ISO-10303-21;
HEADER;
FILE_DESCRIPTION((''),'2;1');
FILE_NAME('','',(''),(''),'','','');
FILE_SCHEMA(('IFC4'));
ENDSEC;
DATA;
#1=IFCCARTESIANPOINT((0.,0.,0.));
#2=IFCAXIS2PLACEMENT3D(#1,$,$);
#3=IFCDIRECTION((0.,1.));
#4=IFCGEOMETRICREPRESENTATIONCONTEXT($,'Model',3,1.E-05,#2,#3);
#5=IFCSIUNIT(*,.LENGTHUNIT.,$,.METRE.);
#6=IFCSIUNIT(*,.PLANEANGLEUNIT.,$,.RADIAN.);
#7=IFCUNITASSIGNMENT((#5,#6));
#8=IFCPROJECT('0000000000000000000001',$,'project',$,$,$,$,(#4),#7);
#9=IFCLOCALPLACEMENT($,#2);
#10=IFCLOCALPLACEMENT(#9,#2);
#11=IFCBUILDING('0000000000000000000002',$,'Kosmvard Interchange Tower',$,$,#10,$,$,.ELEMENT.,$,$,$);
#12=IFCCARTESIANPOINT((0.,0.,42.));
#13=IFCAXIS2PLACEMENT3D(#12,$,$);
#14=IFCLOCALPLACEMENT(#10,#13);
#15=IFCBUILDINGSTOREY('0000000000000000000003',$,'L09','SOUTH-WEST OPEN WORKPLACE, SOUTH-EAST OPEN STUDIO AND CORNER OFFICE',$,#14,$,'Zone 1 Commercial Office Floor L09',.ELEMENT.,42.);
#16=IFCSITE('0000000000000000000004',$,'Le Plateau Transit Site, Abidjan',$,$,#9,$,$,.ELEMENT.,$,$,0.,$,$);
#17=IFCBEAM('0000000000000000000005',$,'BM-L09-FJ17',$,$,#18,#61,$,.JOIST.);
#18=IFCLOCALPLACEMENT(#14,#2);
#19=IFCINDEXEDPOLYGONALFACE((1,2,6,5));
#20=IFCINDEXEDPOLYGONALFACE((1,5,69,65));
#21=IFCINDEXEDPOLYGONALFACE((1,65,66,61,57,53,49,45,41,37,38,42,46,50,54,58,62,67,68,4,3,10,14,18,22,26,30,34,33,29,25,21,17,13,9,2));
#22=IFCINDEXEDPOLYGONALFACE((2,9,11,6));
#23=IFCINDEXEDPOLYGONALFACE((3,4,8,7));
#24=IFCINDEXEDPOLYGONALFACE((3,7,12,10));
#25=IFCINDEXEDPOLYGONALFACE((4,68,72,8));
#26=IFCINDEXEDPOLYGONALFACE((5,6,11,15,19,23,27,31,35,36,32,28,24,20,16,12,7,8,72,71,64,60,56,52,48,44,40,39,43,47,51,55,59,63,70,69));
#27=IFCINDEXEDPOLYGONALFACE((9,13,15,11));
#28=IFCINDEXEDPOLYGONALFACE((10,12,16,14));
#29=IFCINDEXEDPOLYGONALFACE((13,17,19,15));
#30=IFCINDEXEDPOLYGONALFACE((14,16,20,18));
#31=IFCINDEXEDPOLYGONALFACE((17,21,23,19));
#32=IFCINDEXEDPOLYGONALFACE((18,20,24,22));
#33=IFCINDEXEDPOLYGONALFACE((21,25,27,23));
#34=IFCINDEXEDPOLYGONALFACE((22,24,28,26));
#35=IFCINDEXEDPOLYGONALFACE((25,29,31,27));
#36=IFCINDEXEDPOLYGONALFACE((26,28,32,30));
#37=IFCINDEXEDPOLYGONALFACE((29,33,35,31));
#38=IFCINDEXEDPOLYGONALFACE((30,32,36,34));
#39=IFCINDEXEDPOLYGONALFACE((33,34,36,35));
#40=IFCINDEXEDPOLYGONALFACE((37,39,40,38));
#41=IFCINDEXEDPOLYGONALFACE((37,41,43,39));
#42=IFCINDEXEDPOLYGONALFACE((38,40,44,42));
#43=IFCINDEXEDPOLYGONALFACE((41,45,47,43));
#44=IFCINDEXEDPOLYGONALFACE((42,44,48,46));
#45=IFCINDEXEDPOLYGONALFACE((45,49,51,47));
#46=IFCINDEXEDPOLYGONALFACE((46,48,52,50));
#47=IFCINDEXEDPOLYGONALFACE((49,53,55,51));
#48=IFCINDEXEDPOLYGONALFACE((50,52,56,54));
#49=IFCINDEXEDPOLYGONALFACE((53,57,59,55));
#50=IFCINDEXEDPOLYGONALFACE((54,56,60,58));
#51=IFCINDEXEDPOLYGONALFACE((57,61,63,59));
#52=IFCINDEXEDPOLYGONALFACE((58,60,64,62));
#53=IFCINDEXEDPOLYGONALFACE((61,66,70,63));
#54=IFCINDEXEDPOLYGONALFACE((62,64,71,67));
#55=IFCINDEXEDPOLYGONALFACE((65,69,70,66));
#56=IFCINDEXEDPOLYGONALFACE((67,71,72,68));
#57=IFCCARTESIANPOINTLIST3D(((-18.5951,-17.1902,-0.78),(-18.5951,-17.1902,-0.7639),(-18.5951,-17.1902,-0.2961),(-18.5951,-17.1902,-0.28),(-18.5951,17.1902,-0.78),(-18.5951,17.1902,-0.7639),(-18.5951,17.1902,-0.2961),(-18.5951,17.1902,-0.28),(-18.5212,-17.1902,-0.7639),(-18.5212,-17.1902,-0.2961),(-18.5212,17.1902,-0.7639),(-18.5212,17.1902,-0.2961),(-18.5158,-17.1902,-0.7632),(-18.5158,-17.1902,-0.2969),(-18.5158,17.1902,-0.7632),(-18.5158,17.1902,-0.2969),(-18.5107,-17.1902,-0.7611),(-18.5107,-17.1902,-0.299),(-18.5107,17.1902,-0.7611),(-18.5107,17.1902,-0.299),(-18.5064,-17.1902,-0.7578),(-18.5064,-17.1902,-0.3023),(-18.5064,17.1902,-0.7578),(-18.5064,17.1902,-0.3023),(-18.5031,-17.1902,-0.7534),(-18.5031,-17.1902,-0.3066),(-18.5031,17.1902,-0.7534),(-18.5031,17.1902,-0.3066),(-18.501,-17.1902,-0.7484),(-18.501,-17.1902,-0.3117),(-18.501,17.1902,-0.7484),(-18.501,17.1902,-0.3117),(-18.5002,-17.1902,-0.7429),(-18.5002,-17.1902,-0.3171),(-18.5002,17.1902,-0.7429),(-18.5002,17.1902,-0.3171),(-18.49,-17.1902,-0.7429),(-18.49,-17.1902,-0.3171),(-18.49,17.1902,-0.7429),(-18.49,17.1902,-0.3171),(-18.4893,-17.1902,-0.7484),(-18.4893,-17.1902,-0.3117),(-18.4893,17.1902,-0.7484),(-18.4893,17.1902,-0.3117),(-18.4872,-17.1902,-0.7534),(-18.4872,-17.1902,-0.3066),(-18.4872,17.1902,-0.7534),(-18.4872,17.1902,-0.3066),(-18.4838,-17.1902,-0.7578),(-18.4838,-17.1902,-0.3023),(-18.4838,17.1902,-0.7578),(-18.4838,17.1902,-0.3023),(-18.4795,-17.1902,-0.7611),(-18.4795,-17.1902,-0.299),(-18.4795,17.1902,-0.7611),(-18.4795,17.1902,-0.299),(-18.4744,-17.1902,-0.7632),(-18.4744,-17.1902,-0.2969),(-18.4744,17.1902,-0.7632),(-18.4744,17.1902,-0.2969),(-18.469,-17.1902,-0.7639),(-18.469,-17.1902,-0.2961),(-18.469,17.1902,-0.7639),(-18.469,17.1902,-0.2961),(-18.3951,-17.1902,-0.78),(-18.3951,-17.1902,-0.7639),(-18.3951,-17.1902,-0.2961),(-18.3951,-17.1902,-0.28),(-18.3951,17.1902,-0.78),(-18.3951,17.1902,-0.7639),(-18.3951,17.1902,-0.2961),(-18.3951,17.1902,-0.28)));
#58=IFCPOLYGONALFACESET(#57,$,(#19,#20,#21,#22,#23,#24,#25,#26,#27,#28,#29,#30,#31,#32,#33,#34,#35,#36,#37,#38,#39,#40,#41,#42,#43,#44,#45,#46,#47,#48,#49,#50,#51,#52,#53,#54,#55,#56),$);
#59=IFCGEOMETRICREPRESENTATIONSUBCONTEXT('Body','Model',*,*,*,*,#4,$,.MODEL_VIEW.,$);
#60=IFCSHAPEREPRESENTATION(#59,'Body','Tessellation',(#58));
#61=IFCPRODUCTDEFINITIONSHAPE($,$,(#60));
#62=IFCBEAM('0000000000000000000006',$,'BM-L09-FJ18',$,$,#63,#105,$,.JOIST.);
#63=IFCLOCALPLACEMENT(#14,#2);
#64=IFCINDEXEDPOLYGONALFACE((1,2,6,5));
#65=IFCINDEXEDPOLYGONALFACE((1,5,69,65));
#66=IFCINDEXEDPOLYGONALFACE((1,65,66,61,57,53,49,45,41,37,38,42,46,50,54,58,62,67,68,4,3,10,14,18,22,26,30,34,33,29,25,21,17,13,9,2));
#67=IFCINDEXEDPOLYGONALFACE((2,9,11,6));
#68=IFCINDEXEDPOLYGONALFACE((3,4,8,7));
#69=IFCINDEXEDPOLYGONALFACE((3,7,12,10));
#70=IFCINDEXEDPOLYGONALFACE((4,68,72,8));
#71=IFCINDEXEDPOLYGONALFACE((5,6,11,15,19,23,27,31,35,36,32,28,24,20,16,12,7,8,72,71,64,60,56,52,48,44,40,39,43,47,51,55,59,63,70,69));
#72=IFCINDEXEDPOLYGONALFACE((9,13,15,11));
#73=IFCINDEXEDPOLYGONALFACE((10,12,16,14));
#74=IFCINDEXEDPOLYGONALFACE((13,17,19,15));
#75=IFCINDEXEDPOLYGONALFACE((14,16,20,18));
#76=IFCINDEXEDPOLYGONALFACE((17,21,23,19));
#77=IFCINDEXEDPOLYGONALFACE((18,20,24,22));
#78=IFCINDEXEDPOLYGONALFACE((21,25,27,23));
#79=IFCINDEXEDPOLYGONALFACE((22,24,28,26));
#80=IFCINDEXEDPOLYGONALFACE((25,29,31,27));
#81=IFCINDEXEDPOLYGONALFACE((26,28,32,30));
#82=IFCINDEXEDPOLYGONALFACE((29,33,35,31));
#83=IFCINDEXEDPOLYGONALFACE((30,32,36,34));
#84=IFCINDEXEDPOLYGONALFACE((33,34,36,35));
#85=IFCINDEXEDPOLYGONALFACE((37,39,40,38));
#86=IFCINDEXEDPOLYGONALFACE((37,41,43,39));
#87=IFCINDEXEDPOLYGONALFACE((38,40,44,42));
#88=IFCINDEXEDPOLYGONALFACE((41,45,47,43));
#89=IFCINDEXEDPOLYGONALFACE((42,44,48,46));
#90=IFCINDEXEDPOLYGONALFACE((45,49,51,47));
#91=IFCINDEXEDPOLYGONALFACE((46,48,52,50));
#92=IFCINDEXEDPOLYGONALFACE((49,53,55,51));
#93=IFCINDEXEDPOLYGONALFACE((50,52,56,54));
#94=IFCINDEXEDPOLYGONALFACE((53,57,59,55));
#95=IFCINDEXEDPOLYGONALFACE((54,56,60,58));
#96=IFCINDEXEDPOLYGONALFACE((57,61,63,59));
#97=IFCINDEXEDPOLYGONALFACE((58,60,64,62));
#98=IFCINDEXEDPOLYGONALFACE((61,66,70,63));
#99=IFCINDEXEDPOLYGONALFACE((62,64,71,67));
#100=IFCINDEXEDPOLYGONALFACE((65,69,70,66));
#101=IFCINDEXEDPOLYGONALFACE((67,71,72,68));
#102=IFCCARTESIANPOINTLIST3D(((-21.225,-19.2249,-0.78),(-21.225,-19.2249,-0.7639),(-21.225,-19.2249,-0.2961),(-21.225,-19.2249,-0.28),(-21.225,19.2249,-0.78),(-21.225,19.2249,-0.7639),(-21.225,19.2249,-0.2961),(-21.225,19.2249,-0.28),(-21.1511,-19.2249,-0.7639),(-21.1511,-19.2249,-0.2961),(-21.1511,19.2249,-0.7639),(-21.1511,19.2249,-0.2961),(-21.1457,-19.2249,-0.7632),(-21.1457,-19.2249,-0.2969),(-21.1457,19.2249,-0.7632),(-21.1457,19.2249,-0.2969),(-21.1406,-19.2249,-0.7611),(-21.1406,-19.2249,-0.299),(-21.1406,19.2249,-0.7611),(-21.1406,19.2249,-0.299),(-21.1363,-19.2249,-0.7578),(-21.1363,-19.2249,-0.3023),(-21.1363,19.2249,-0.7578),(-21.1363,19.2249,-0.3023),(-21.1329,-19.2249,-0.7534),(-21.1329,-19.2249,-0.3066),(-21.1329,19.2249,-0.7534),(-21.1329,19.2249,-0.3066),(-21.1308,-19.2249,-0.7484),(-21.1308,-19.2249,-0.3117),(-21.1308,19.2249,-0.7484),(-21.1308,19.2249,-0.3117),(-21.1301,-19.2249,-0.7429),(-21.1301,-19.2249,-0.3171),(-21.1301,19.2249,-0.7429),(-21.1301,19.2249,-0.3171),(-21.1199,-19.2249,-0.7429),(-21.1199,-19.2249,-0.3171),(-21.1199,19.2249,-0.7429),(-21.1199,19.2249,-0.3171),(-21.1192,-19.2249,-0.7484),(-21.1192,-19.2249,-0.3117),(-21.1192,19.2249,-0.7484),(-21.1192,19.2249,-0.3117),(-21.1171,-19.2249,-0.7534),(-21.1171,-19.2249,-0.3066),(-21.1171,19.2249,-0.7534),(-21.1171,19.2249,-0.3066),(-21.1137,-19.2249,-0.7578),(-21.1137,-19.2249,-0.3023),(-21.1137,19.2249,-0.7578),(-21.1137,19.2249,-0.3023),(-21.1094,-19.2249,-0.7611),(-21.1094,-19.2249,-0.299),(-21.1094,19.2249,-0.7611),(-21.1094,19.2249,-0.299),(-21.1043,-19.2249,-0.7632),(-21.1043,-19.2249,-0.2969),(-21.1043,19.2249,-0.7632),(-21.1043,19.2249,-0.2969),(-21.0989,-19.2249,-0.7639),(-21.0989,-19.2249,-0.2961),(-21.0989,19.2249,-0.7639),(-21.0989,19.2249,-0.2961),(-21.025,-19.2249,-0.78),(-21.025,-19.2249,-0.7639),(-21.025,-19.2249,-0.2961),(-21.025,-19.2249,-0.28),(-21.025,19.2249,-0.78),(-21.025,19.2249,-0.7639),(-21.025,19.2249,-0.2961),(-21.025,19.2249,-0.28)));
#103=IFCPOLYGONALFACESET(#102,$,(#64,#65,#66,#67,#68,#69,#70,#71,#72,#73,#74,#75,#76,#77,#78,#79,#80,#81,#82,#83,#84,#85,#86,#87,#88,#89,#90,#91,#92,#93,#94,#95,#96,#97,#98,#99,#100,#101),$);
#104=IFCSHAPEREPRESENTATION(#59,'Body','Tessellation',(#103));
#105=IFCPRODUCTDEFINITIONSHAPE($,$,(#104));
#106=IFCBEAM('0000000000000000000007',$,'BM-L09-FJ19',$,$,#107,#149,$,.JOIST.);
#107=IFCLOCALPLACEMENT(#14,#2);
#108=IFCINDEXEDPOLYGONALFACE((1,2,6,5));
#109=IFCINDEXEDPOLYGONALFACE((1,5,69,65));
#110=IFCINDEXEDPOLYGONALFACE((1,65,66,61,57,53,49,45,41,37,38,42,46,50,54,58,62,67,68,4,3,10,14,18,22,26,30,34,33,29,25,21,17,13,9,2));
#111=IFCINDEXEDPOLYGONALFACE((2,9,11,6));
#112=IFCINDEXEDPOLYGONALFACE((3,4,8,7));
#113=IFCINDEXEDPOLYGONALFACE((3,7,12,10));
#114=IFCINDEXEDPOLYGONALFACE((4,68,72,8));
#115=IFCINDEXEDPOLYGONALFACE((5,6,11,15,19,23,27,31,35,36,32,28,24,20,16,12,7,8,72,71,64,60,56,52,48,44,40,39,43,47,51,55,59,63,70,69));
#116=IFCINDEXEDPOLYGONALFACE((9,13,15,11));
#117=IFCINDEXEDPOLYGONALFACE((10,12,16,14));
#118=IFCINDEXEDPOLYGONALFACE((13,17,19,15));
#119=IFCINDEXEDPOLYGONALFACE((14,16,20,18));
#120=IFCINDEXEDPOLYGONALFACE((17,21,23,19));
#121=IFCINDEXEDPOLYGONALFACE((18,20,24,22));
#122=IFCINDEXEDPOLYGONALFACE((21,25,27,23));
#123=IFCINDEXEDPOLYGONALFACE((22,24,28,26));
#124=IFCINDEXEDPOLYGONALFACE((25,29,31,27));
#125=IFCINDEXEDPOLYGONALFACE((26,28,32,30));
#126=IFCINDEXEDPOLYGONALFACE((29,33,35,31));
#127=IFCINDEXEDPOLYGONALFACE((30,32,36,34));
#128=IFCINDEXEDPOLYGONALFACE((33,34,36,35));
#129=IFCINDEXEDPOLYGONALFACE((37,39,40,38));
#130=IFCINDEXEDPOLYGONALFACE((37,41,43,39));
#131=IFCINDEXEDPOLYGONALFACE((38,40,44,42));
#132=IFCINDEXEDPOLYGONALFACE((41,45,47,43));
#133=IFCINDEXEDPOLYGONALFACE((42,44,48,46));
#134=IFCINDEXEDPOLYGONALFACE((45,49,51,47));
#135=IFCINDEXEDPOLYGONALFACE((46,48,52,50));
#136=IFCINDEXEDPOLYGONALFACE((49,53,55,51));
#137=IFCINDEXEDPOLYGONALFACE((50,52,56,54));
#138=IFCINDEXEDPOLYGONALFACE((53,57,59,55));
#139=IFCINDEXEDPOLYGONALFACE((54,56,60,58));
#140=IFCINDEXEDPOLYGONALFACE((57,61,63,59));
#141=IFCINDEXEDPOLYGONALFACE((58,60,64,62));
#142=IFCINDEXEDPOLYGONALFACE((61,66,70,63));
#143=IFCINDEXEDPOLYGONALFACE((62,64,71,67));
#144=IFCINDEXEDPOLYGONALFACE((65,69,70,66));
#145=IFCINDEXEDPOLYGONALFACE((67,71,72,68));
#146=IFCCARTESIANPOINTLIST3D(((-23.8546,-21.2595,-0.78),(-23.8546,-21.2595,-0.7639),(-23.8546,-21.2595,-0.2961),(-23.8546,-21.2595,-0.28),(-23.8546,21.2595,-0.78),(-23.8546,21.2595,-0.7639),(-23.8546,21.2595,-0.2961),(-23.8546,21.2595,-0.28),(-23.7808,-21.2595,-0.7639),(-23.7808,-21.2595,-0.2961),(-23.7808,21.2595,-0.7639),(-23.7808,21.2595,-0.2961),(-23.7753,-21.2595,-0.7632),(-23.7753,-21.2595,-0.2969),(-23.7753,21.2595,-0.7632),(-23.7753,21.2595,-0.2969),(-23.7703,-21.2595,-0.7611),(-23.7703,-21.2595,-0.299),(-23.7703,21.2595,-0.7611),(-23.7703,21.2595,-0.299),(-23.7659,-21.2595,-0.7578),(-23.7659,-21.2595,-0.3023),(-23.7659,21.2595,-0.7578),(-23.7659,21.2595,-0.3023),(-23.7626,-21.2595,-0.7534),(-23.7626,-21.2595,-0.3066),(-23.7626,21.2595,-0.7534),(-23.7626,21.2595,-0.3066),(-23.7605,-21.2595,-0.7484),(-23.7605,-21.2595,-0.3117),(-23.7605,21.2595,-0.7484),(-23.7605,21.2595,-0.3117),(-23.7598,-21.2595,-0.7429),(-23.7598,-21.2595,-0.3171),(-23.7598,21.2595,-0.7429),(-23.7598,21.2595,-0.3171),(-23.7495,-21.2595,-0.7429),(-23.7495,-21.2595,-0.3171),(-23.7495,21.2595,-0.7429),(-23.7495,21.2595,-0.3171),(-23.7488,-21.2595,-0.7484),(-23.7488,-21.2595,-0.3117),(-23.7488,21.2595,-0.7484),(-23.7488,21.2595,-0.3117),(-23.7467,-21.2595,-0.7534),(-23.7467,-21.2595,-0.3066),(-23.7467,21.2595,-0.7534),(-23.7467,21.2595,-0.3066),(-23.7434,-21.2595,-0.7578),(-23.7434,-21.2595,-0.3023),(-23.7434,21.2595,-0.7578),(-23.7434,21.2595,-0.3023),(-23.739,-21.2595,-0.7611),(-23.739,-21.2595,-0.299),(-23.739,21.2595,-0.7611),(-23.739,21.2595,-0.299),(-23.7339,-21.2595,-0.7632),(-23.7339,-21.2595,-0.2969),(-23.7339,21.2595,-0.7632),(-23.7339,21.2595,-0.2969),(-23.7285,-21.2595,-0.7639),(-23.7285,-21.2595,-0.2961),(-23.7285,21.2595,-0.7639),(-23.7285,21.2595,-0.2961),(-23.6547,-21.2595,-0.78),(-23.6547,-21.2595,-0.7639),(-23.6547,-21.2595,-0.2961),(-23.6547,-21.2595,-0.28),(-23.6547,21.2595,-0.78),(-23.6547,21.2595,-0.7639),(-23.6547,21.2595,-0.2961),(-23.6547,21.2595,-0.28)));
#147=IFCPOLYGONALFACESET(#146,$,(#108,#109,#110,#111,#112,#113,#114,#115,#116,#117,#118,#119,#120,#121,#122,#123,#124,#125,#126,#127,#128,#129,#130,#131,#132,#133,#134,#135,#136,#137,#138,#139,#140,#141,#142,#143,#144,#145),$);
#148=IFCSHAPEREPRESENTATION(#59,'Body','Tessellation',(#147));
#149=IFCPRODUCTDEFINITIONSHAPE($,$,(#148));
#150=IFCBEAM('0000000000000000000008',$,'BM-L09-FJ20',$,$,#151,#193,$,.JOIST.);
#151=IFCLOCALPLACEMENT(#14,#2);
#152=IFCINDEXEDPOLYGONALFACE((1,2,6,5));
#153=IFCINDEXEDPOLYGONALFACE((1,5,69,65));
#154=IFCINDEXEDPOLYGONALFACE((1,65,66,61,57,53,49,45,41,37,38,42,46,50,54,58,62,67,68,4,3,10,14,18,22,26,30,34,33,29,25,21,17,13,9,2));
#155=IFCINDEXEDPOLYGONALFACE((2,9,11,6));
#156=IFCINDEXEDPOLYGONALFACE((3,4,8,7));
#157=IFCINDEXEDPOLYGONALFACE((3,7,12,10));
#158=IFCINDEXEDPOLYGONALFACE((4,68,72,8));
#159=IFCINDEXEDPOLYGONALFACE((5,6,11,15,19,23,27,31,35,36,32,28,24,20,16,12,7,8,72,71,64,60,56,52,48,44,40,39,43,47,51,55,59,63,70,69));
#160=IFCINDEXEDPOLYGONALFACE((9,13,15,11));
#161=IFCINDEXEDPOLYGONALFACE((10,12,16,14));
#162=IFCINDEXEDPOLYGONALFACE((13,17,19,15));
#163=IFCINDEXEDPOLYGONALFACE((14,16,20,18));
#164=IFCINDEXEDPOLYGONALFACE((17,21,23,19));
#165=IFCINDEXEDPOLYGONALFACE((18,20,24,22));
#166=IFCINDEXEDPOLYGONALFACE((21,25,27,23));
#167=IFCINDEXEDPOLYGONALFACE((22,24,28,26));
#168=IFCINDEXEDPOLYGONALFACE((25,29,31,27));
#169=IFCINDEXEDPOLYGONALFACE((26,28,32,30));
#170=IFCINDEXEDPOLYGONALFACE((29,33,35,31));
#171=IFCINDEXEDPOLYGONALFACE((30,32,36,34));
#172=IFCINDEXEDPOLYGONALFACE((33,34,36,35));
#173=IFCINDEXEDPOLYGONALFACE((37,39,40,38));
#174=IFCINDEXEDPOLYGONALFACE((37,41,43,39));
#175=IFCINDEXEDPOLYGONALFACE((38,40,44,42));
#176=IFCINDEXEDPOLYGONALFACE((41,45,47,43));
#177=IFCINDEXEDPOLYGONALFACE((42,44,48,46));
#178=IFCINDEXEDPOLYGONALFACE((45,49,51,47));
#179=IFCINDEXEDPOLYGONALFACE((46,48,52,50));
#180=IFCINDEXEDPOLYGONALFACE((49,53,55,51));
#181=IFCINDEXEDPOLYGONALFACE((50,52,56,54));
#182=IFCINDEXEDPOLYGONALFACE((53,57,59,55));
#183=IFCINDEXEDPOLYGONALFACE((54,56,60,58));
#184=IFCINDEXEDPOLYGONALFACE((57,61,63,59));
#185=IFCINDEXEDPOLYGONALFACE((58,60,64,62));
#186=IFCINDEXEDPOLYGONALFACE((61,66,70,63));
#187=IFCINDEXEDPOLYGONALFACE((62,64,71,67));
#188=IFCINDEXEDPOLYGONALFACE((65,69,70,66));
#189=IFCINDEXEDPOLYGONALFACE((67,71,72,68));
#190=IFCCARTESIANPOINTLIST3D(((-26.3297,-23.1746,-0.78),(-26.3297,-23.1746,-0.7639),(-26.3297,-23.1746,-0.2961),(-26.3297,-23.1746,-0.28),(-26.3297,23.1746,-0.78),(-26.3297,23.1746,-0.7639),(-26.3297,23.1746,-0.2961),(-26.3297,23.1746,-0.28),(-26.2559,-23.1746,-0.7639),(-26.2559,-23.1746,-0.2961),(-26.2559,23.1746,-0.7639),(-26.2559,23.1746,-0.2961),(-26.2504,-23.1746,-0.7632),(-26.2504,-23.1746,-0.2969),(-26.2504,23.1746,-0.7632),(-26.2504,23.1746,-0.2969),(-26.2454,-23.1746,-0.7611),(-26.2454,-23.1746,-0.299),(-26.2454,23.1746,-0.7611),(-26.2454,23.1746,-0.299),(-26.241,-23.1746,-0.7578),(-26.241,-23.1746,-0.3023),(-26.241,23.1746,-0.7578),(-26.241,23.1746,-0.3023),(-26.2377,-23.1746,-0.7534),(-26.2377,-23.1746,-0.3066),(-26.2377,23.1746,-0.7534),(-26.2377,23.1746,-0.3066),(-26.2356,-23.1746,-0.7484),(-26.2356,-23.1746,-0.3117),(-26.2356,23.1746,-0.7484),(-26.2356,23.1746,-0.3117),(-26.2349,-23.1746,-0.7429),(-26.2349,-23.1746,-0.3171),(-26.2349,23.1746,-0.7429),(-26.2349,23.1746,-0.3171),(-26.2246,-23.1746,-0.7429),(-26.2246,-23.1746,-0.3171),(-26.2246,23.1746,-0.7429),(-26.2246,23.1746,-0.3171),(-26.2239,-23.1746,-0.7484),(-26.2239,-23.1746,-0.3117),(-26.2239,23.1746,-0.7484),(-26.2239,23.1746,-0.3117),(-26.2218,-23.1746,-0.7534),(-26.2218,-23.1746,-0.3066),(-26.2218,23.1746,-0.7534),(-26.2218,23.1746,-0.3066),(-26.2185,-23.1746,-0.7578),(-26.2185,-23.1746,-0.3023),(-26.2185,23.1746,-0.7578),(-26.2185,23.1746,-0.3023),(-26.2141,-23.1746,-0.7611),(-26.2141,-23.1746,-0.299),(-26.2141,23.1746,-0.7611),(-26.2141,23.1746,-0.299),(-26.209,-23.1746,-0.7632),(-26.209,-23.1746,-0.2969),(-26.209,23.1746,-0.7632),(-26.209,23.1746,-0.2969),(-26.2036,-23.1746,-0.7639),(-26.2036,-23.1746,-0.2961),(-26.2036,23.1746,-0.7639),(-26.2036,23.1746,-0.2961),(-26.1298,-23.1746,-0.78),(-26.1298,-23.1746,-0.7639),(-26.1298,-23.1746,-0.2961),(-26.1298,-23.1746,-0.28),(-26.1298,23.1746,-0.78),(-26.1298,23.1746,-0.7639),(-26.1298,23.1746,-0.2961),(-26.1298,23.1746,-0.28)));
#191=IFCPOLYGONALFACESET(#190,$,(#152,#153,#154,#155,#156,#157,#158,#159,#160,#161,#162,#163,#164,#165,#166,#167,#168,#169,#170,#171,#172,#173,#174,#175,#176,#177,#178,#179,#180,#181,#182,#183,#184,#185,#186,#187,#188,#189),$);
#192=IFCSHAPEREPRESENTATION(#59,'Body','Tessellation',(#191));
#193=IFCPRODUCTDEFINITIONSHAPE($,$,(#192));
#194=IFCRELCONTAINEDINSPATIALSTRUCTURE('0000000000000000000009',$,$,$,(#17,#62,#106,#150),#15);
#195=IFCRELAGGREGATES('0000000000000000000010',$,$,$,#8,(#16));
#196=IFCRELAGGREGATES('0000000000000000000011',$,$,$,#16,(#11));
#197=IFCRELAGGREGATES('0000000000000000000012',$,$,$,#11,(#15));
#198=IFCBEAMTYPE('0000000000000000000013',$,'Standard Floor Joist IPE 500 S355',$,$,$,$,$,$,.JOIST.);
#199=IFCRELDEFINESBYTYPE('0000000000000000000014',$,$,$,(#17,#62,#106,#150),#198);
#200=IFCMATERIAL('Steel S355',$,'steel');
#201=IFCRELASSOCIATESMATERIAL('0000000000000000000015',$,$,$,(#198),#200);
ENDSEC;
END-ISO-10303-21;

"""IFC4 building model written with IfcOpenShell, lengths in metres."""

from ifc_helpers import new_model, si_unit, direction, frame, origin, origin_2d, place, context, subcontext, project, spatial, i_section, extrude, source, transform, mapped, material, material_profile, profile_set, type_object, element, save


model = new_model("IFC4")

# Units and contexts
model_context = context("Model", 3, precision=1e-05, world=origin(), true_north=direction((0.0, 1.0)))
body_context = subcontext(model_context, "Body", "Model", "MODEL_VIEW")
ifc_project = project(units=[si_unit("LENGTHUNIT", "METRE"), si_unit("PLANEANGLEUNIT", "RADIAN")], contexts=[model_context])

# Site, building, storey
site_placement = place(None, origin())
site = spatial("IfcSite", under=ifc_project, at=site_placement, Name="Le Plateau Transit Site, Abidjan", CompositionType="ELEMENT", RefElevation=0.0)
building_placement = place(site_placement, origin())
building = spatial("IfcBuilding", under=site, at=building_placement, Name="Kosmvard Interchange Tower", CompositionType="ELEMENT")
storey_placement = place(building_placement, frame((0.0, 0.0, 42.0)))
storey = spatial("IfcBuildingStorey", under=building, at=storey_placement, Name="L09", Description="SOUTH-WEST OPEN WORKPLACE, SOUTH-EAST OPEN STUDIO AND CORNER OFFICE", LongName="Zone 1 Commercial Office Floor L09", CompositionType="ELEMENT", Elevation=42.0)

# Beams
ifc_material_1 = material(Name="Steel S355", Category="steel")
ifc_material_profile_1 = material_profile(ifc_material_1, i_section(OverallWidth=0.2, OverallDepth=0.5, WebThickness=0.0103, FlangeThickness=0.0161, FilletRadius=0.021, at=origin_2d()), Name="IPE 500")
ifc_profile_set_1 = profile_set([ifc_material_profile_1], Name="Steel S355")
beam_type_1 = type_object("IfcBeamType", Name="Standard Floor Joist IPE 500 S355", PredefinedType="JOIST", material=ifc_profile_set_1)
shared_shape_1 = source(origin(), body_context, "Body", "SweptSolid", [
    extrude(i_section(OverallWidth=0.2, OverallDepth=0.5, WebThickness=0.0103, FlangeThickness=0.0161, FilletRadius=0.021, at=origin_2d()), origin(), (0.0, 0.0, 1.0), 34.3804),
])
beam_1_placement = place(storey_placement, frame((-18.4951, 17.1902, -0.53), z_axis=(0.0, -1.0, 0.0), x_axis=(1.0, 0.0, 0.0)))
element("IfcBeam", 1, at=beam_1_placement, inside=storey, type_object=beam_type_1, Name="BM-L09-FJ17", PredefinedType="JOIST", context=body_context, shape_type="MappedRepresentation", body=[
    mapped(shared_shape_1, transform((0.0, 0.0, 0.0), scale=1.0)),
])
shared_shape_2 = source(origin(), body_context, "Body", "SweptSolid", [
    extrude(i_section(OverallWidth=0.2, OverallDepth=0.5, WebThickness=0.0103, FlangeThickness=0.0161, FilletRadius=0.021, at=origin_2d()), origin(), (0.0, 0.0, 1.0), 38.4497),
])
beam_2_placement = place(storey_placement, frame((-21.125, 19.2249, -0.53), z_axis=(0.0, -1.0, 0.0), x_axis=(1.0, 0.0, 0.0)))
element("IfcBeam", 2, at=beam_2_placement, inside=storey, type_object=beam_type_1, Name="BM-L09-FJ18", PredefinedType="JOIST", context=body_context, shape_type="MappedRepresentation", body=[
    mapped(shared_shape_2, transform((0.0, 0.0, 0.0), scale=1.0)),
])
shared_shape_3 = source(origin(), body_context, "Body", "SweptSolid", [
    extrude(i_section(OverallWidth=0.2, OverallDepth=0.5, WebThickness=0.0103, FlangeThickness=0.0161, FilletRadius=0.021, at=origin_2d()), origin(), (0.0, 0.0, 1.0), 42.519),
])
beam_3_placement = place(storey_placement, frame((-23.7546, 21.2595, -0.53), z_axis=(0.0, -1.0, 0.0), x_axis=(1.0, 0.0, 0.0)))
element("IfcBeam", 3, at=beam_3_placement, inside=storey, type_object=beam_type_1, Name="BM-L09-FJ19", PredefinedType="JOIST", context=body_context, shape_type="MappedRepresentation", body=[
    mapped(shared_shape_3, transform((0.0, 0.0, 0.0), scale=1.0)),
])
shared_shape_4 = source(origin(), body_context, "Body", "SweptSolid", [
    extrude(i_section(OverallWidth=0.2, OverallDepth=0.5, WebThickness=0.0103, FlangeThickness=0.0161, FilletRadius=0.021, at=origin_2d()), origin(), (0.0, 0.0, 1.0), 46.3491),
])
beam_4_placement = place(storey_placement, frame((-26.2297, 23.1746, -0.53), z_axis=(0.0, -1.0, 0.0), x_axis=(1.0, 0.0, 0.0)))
element("IfcBeam", 4, at=beam_4_placement, inside=storey, type_object=beam_type_1, Name="BM-L09-FJ20", PredefinedType="JOIST", context=body_context, shape_type="MappedRepresentation", body=[
    mapped(shared_shape_4, transform((0.0, 0.0, 0.0), scale=1.0)),
])

save(model, "model.ifc")
